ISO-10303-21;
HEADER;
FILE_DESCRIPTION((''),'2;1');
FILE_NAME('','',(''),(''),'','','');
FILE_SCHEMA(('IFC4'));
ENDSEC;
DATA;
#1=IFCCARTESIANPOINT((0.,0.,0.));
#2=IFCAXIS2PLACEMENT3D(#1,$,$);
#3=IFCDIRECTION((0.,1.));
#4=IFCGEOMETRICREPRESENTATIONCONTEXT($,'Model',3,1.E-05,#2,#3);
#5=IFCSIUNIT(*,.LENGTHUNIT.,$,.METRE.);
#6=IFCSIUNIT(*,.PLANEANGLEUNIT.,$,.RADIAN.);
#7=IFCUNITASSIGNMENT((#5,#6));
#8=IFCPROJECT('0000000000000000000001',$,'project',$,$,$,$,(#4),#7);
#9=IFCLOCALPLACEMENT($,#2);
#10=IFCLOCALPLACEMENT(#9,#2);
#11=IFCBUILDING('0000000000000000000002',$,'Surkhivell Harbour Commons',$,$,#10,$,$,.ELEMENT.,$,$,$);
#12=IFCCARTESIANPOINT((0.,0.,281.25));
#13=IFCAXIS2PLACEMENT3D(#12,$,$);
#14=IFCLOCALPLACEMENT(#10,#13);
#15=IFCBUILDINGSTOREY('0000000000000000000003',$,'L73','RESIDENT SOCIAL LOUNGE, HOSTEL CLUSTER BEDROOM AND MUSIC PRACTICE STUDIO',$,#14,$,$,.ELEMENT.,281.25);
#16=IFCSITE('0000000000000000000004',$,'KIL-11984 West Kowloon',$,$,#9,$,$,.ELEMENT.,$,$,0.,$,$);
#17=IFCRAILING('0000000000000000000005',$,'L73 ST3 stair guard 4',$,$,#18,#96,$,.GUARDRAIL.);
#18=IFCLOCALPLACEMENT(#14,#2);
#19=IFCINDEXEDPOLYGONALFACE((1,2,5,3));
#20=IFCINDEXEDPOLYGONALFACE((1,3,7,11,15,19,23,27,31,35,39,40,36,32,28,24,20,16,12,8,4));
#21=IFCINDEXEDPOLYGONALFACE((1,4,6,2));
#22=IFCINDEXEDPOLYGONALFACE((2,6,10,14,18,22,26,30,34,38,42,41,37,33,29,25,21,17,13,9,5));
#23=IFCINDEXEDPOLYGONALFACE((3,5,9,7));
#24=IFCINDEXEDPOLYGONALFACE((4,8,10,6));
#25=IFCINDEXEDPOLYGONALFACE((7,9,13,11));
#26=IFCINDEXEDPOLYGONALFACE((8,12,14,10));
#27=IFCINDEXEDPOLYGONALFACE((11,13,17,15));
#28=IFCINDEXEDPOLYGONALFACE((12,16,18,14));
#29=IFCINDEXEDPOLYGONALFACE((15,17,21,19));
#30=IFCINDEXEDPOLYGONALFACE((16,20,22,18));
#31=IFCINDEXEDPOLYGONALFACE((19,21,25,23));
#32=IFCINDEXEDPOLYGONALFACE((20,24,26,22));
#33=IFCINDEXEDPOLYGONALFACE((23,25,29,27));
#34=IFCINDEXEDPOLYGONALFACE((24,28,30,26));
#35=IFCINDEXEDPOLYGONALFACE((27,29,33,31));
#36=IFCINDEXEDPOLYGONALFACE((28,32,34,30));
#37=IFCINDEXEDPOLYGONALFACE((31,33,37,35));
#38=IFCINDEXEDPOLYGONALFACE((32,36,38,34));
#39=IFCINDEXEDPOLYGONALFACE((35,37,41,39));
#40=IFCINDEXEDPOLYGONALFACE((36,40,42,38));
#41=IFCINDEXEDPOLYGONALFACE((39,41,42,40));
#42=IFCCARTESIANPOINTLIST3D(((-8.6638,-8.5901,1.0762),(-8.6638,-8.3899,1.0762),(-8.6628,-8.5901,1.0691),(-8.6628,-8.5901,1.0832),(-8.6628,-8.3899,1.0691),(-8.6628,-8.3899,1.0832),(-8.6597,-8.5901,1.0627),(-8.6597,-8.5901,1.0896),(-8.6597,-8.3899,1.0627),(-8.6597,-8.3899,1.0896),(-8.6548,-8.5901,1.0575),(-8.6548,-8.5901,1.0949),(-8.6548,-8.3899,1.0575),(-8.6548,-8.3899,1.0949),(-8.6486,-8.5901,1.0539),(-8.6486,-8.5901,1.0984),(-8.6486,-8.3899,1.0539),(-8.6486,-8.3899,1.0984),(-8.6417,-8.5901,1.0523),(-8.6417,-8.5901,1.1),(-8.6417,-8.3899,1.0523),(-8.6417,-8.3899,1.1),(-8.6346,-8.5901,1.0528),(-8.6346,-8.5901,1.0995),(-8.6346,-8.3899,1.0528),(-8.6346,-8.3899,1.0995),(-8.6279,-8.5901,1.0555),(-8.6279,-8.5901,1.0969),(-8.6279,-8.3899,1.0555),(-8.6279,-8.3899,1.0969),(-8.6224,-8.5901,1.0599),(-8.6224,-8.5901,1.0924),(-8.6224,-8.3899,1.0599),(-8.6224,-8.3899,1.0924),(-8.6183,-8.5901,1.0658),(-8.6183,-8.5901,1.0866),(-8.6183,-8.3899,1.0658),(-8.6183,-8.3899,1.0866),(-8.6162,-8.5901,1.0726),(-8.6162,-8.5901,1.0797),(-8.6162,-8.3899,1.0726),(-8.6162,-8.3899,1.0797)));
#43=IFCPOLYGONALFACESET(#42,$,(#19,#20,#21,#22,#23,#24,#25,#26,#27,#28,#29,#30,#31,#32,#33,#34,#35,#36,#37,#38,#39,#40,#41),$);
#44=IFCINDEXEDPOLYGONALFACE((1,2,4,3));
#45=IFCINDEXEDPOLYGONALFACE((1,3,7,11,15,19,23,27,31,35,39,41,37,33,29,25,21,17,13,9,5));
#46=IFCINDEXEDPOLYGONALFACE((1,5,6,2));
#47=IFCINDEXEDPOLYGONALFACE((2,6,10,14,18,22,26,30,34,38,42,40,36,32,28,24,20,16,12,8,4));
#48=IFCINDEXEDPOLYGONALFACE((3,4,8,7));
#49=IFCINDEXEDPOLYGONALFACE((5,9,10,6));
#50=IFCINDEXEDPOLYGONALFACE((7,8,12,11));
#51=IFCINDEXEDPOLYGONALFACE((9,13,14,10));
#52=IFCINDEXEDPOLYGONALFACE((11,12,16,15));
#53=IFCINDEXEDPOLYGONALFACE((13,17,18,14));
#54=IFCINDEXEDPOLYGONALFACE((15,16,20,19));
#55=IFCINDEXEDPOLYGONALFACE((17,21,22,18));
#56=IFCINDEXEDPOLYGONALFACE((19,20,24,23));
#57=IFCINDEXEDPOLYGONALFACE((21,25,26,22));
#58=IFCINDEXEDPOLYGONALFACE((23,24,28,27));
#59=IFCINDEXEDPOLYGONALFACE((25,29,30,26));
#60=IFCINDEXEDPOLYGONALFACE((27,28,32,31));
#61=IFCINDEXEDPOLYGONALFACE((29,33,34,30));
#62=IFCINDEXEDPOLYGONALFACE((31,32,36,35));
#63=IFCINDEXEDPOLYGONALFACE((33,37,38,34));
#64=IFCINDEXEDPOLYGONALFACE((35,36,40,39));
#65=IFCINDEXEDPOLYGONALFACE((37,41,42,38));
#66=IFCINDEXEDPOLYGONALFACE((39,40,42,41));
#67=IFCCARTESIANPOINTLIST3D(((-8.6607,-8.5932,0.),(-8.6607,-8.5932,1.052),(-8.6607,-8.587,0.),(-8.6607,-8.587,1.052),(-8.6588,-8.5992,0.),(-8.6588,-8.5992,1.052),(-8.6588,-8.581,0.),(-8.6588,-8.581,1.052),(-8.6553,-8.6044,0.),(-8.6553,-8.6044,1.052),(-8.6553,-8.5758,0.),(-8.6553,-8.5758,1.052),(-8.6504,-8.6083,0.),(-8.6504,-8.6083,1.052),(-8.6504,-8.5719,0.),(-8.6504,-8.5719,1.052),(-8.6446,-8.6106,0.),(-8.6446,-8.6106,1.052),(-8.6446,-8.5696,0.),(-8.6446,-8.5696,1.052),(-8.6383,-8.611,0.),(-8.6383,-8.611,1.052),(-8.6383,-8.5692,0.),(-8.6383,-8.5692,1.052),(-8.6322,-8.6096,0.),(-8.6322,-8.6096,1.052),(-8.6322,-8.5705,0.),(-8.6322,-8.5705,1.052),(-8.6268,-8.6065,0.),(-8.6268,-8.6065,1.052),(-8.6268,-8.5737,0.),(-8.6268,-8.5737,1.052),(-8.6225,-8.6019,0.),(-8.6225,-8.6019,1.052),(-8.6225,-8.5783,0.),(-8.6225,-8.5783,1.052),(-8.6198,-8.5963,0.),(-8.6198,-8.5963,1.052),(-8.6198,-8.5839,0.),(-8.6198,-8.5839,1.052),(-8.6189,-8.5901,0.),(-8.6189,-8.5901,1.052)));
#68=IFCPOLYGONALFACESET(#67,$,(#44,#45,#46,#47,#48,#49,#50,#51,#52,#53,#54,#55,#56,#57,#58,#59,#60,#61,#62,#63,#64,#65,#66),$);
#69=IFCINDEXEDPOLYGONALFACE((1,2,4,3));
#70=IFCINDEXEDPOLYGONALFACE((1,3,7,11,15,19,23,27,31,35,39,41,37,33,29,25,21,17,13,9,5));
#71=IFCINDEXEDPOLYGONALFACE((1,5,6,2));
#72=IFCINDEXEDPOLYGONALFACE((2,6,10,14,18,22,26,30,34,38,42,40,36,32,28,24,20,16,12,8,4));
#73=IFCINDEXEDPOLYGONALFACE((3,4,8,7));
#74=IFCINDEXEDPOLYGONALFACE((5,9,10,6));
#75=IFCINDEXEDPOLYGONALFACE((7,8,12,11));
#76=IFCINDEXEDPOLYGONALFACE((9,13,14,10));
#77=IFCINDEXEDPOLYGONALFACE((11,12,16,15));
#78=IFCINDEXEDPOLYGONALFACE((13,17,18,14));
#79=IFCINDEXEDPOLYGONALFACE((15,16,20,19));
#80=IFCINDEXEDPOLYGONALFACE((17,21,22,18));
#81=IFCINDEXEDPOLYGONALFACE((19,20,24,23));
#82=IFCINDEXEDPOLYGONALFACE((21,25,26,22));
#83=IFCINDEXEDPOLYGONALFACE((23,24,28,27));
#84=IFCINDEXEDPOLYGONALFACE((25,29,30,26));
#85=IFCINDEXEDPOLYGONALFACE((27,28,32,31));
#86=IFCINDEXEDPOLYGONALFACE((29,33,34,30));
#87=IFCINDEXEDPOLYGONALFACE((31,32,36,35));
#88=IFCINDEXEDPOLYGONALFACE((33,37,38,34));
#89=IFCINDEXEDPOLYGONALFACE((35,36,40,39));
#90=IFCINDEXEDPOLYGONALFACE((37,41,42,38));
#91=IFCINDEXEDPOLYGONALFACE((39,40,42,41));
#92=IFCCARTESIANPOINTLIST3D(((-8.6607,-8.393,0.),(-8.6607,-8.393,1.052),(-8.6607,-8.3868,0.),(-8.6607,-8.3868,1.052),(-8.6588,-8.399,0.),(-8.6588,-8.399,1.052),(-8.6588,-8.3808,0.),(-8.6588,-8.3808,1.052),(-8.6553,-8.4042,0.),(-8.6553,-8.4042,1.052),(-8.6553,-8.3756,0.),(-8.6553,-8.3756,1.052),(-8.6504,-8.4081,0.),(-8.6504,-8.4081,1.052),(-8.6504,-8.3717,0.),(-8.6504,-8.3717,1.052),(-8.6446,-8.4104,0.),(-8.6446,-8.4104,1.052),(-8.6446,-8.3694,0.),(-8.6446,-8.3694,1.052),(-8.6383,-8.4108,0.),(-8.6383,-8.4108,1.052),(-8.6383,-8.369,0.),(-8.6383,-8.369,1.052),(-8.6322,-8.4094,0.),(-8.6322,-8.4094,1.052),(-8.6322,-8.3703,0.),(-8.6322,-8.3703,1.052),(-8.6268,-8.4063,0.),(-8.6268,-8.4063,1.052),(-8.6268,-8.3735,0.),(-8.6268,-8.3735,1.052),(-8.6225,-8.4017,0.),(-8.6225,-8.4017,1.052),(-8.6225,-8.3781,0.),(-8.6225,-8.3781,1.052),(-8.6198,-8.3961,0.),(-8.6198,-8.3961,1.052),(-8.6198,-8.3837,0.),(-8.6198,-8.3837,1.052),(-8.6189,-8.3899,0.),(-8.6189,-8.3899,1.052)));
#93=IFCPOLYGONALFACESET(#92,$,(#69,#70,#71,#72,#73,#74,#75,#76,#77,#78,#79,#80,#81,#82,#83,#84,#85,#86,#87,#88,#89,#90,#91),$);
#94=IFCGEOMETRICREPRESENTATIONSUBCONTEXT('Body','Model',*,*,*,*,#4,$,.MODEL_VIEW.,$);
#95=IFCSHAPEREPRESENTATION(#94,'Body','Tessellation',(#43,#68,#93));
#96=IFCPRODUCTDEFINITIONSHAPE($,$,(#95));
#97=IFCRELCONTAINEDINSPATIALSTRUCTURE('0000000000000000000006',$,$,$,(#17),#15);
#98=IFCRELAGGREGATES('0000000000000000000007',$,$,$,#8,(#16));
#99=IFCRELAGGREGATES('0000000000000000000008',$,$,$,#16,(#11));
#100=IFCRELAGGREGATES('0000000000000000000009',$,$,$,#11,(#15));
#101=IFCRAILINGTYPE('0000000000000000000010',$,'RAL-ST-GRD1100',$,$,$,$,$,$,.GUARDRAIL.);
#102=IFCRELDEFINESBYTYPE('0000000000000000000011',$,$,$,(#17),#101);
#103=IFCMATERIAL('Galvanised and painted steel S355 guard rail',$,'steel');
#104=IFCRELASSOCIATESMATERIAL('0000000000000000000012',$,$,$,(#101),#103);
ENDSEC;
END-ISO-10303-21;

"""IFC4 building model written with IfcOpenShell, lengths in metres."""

from ifc_helpers import new_model, si_unit, direction, frame, origin, origin_2d, place, context, subcontext, project, spatial, circle, extrude, material, type_object, element, save


model = new_model("IFC4")

# Units and contexts
model_context = context("Model", 3, precision=1e-05, world=origin(), true_north=direction((0.0, 1.0)))
body_context = subcontext(model_context, "Body", "Model", "MODEL_VIEW")
ifc_project = project(units=[si_unit("LENGTHUNIT", "METRE"), si_unit("PLANEANGLEUNIT", "RADIAN")], contexts=[model_context])

# Site, building, storey
site_placement = place(None, origin())
site = spatial("IfcSite", under=ifc_project, at=site_placement, Name="KIL-11984 West Kowloon", CompositionType="ELEMENT", RefElevation=0.0)
building_placement = place(site_placement, origin())
building = spatial("IfcBuilding", under=site, at=building_placement, Name="Surkhivell Harbour Commons", CompositionType="ELEMENT")
storey_placement = place(building_placement, frame((0.0, 0.0, 281.25)))
storey = spatial("IfcBuildingStorey", under=building, at=storey_placement, Name="L73", Description="RESIDENT SOCIAL LOUNGE, HOSTEL CLUSTER BEDROOM AND MUSIC PRACTICE STUDIO", CompositionType="ELEMENT", Elevation=281.25)

# Railing
ifc_material_1 = material(Name="Galvanised and painted steel S355 guard rail", Category="steel")
railing_type_1 = type_object("IfcRailingType", Name="RAL-ST-GRD1100", PredefinedType="GUARDRAIL", material=ifc_material_1)
railing_1_placement = place(storey_placement, frame((-8.6399, -8.5901, 0.0)))
element("IfcRailing", 1, at=railing_1_placement, inside=storey, type_object=railing_type_1, Name="L73 ST3 stair guard 4", PredefinedType="GUARDRAIL", context=body_context, shape_type="SweptSolid", body=[
    extrude(circle(Radius=0.0239, at=origin_2d()), frame((0.0, 0.0, 1.0762), z_axis=(0.0, 1.0, 0.0), x_axis=(-1.0, 0.0, 0.0)), (0.0, 0.0, 1.0), 0.2002),
    extrude(circle(Radius=0.021, at=origin_2d()), origin(), (0.0, 0.0, 1.0), 1.052),
    extrude(circle(Radius=0.021, at=origin_2d()), frame((0.0, 0.2002, 0.0)), (0.0, 0.0, 1.0), 1.052),
])

save(model, "model.ifc")
